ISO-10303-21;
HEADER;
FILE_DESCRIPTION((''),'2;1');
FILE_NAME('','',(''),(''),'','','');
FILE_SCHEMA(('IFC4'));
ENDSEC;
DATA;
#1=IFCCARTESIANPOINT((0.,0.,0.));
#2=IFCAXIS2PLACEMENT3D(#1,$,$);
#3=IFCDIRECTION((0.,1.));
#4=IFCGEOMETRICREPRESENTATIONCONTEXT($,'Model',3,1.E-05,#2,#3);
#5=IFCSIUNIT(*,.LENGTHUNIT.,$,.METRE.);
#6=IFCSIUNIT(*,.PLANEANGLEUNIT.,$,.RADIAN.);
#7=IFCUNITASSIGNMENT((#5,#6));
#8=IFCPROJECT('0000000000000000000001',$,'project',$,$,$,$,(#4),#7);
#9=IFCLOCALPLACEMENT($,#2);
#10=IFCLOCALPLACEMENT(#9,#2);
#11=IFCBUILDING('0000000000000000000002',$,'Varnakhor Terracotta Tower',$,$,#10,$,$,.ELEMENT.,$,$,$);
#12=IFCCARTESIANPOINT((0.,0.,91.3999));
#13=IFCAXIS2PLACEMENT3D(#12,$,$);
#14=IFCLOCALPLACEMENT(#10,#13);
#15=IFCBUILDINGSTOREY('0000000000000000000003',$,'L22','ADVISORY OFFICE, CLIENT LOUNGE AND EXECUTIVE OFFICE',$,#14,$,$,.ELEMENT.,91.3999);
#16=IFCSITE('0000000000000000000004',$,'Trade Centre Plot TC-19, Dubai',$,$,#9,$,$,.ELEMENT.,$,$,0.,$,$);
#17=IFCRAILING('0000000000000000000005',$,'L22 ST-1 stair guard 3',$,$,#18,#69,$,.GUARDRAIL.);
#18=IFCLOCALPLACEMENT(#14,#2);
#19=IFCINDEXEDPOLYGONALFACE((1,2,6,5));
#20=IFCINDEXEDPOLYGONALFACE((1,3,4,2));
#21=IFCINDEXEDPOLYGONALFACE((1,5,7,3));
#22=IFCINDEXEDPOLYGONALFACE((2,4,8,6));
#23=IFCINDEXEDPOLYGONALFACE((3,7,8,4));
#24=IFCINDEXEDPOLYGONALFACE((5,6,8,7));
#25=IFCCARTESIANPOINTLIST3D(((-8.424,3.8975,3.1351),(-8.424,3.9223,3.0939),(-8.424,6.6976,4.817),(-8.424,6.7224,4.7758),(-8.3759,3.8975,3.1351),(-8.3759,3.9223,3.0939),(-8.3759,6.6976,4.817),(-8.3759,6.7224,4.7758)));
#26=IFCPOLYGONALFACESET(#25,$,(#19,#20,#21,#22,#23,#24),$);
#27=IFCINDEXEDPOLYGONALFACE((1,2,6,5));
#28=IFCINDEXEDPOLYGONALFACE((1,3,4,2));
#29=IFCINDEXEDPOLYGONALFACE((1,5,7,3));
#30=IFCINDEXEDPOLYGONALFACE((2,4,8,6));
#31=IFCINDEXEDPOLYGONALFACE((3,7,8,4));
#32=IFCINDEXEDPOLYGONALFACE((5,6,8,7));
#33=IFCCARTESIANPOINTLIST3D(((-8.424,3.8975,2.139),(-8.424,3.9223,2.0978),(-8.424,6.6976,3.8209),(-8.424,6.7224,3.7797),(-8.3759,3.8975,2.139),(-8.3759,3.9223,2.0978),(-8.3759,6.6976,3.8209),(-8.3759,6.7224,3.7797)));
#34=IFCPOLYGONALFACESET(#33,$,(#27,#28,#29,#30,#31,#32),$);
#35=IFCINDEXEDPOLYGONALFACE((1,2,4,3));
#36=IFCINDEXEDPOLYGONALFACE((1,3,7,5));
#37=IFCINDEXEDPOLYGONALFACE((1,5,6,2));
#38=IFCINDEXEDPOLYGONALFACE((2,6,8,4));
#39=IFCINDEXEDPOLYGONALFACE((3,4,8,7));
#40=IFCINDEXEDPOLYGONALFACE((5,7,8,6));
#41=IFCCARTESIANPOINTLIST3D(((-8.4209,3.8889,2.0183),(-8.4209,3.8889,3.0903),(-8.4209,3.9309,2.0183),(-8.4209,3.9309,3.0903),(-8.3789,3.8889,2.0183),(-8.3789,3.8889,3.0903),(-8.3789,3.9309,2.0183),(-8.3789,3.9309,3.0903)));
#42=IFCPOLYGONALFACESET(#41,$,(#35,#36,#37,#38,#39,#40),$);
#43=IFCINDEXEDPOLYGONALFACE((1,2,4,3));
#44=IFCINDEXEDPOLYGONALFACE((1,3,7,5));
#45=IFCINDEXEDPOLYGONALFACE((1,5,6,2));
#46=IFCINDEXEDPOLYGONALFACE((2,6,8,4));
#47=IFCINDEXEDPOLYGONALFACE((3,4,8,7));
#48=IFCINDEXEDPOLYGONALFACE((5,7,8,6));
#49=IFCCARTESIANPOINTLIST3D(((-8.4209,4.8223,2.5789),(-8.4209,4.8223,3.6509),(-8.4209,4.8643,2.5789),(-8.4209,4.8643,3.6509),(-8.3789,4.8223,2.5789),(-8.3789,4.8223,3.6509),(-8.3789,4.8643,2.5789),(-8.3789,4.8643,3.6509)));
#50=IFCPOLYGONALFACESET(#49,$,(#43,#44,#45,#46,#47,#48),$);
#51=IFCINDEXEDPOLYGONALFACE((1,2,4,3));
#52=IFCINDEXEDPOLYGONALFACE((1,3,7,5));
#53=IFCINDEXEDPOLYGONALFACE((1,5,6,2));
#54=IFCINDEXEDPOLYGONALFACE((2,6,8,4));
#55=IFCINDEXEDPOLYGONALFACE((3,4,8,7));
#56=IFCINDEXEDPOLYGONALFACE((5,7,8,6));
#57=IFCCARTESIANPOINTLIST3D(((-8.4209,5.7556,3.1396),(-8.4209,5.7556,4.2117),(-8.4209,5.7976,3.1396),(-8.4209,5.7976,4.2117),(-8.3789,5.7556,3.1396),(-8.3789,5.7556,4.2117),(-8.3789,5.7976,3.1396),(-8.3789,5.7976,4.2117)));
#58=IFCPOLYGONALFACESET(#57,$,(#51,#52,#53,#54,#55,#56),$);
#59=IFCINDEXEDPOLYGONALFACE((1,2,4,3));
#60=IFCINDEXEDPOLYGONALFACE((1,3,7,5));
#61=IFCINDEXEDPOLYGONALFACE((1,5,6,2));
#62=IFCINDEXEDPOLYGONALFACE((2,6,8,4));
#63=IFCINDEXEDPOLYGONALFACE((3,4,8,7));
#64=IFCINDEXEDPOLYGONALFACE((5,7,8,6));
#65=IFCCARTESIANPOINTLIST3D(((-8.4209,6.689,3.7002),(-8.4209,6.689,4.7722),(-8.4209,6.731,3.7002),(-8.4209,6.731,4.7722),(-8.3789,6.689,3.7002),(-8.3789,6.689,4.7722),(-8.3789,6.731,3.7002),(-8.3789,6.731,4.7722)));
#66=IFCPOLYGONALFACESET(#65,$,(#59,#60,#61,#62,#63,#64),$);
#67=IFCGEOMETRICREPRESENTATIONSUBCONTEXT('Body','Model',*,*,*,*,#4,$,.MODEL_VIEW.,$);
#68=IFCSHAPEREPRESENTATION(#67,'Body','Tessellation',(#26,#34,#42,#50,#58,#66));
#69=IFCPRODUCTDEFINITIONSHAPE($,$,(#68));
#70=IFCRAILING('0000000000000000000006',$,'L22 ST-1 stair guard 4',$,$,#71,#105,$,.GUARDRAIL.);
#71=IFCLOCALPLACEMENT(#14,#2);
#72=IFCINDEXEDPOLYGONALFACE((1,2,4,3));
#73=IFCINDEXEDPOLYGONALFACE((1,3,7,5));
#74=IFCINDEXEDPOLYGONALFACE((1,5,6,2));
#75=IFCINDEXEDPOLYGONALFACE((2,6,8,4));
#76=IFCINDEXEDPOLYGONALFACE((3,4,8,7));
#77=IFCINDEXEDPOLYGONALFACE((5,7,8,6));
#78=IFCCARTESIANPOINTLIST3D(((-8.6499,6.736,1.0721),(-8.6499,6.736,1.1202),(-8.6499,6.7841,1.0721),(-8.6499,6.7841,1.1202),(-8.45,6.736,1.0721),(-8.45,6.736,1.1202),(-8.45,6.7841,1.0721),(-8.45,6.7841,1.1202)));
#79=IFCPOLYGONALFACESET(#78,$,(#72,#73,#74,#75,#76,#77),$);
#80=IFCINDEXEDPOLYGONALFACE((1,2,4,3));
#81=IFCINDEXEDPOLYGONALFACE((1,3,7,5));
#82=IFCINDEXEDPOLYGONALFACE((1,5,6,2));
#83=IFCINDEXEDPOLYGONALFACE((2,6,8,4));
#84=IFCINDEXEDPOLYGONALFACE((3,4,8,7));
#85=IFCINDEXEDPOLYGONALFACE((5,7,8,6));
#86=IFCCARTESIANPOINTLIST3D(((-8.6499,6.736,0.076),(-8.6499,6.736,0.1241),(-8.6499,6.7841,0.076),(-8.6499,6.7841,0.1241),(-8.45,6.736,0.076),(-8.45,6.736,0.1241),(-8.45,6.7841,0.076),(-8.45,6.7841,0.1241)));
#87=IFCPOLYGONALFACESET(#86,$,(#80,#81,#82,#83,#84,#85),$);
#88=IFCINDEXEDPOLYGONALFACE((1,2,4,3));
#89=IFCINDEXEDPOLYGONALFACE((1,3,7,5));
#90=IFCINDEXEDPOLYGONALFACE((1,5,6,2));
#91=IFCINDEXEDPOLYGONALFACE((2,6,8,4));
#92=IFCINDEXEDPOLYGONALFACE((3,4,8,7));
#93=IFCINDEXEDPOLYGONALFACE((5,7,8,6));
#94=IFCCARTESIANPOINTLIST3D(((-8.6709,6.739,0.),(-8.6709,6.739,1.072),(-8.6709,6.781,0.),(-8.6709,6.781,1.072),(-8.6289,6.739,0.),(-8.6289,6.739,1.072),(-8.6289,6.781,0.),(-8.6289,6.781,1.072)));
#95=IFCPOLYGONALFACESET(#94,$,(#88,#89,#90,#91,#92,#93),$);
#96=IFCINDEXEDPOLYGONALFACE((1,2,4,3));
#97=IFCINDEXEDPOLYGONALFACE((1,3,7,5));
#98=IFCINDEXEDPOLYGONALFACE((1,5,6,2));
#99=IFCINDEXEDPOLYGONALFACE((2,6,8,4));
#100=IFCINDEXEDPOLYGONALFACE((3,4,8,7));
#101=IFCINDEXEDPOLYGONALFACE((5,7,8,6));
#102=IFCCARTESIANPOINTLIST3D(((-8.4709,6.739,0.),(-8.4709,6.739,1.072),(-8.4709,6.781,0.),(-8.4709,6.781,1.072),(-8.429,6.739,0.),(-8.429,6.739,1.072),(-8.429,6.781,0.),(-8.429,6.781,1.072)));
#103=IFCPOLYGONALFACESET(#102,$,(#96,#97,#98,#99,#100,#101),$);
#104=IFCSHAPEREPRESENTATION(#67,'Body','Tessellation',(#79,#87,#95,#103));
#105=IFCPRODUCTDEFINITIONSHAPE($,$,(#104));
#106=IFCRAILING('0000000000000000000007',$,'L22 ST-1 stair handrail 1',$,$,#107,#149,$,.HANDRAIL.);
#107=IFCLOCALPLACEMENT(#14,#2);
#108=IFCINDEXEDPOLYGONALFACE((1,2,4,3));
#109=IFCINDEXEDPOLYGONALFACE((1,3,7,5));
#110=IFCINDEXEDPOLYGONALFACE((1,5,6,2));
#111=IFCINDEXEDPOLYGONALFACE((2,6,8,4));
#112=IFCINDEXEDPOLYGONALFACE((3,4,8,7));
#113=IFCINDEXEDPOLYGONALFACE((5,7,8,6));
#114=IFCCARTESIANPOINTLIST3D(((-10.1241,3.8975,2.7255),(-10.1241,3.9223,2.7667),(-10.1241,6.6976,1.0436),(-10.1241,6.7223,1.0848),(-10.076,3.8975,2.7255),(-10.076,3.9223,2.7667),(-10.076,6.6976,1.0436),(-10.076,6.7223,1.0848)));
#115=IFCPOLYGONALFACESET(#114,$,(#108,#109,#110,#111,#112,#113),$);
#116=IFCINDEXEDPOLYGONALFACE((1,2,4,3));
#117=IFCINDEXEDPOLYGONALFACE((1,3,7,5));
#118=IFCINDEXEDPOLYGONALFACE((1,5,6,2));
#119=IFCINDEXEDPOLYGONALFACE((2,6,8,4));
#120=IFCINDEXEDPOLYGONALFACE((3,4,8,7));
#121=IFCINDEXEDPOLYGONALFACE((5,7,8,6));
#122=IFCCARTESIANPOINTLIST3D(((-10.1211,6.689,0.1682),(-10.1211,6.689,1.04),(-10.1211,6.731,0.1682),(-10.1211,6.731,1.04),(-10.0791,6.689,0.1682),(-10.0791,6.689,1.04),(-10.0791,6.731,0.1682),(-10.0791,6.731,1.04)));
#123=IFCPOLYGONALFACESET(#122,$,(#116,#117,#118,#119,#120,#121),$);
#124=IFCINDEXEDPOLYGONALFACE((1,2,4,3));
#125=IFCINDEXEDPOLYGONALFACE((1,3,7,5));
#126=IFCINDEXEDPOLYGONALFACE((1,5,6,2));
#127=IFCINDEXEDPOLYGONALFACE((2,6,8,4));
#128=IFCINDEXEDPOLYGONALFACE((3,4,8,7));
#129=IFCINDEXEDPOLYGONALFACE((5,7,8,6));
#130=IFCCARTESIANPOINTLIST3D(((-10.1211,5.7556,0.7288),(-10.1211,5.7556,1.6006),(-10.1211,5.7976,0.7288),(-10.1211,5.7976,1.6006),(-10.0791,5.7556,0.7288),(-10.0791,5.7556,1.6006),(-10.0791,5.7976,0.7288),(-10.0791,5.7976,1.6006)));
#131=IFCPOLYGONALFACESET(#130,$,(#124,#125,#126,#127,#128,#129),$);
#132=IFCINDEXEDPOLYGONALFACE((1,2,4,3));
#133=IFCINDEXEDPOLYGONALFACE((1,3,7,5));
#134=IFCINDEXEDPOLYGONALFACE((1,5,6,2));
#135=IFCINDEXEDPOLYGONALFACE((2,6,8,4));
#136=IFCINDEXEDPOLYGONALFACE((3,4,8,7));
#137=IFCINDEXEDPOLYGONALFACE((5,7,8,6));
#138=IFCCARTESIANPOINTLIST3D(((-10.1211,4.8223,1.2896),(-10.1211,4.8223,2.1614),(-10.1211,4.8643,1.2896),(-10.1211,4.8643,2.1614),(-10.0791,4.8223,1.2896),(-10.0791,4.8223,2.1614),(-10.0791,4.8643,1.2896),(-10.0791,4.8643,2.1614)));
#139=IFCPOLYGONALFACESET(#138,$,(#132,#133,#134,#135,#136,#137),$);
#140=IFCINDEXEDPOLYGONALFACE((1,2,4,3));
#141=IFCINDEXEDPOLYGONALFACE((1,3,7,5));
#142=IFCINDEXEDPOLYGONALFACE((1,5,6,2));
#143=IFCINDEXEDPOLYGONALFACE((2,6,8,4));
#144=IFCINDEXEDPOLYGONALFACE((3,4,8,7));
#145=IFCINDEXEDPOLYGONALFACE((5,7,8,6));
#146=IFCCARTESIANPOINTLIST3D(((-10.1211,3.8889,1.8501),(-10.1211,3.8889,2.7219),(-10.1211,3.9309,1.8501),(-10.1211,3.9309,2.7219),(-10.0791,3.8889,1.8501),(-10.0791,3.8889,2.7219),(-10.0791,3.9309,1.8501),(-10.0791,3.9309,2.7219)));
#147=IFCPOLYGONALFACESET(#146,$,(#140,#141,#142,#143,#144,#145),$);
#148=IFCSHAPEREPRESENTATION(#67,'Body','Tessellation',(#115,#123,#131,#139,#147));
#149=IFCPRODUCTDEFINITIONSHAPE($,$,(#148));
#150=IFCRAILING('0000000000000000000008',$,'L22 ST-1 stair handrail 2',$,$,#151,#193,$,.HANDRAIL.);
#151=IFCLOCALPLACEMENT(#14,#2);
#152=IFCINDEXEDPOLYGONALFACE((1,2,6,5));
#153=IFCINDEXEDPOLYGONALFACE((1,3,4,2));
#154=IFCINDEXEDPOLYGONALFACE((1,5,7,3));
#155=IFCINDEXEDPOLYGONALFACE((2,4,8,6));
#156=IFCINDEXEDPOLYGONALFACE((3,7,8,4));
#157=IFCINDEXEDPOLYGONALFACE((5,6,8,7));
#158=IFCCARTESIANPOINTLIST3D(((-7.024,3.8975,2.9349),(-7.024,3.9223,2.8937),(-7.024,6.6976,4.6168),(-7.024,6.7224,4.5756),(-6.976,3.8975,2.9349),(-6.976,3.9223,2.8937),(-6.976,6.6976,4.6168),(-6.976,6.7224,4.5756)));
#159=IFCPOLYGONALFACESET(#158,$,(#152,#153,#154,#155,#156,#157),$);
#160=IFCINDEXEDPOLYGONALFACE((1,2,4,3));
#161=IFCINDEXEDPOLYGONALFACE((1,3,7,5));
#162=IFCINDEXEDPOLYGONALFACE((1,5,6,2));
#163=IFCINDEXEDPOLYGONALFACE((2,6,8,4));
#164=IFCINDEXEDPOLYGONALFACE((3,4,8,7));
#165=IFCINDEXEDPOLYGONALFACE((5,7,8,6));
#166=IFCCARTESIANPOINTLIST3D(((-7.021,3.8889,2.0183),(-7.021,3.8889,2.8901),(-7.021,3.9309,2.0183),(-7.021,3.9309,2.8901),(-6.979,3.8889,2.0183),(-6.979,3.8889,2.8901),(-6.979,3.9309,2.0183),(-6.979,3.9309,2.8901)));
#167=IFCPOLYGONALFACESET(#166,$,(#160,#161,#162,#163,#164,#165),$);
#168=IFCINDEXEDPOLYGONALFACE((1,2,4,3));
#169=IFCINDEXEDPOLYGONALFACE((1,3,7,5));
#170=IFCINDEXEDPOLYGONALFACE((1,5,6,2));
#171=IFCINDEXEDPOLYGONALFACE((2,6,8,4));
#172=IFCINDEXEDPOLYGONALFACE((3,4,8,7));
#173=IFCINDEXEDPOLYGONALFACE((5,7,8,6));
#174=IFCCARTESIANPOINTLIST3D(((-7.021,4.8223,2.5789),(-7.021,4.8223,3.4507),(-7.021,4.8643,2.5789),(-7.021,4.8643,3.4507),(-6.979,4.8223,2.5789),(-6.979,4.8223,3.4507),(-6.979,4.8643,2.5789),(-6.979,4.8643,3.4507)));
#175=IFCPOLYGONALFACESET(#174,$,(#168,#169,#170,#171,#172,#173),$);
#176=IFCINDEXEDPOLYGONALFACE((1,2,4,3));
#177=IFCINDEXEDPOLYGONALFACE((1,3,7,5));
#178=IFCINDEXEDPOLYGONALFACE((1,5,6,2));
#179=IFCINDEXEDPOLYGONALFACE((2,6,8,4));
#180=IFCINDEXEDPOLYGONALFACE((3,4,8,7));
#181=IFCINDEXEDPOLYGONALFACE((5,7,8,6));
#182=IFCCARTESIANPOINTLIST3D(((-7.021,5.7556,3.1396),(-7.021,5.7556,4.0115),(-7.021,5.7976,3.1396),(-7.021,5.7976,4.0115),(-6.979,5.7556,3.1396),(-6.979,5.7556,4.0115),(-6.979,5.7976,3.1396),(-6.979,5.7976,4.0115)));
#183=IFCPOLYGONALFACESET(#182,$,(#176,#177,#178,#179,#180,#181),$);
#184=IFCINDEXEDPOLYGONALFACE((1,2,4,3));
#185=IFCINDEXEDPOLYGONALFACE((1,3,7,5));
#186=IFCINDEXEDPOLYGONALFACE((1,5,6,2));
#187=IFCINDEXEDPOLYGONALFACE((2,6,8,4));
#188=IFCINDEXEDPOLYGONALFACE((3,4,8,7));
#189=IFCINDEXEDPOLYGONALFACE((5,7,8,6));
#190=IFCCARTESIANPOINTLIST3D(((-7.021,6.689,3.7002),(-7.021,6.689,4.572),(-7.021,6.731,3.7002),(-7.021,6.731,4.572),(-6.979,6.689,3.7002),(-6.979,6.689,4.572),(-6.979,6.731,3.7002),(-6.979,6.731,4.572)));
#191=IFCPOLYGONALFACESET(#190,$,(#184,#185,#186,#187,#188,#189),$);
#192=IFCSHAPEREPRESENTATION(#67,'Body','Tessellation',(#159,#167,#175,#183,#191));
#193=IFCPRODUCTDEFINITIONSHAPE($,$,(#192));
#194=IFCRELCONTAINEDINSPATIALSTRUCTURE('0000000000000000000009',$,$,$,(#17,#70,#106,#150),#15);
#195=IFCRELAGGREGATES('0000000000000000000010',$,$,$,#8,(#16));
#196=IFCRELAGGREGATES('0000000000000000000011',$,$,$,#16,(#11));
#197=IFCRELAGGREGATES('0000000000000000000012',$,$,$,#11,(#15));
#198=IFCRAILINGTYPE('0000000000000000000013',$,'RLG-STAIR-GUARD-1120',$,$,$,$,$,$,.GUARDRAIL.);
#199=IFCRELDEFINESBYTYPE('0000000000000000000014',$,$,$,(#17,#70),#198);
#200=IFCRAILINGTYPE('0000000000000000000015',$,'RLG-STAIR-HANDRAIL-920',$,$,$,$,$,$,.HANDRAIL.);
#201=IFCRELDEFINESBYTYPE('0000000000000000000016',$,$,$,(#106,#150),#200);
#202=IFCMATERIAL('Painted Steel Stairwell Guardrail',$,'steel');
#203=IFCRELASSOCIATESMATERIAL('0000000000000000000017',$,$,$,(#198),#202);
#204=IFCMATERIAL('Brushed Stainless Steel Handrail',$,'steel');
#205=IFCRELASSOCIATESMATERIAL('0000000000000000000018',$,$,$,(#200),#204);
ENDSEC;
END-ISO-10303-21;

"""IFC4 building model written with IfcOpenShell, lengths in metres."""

from ifc_helpers import new_model, si_unit, direction, frame, origin, origin_2d, place, context, subcontext, project, spatial, rectangle, extrude, material, type_object, element, save


model = new_model("IFC4")

# Units and contexts
model_context = context("Model", 3, precision=1e-05, world=origin(), true_north=direction((0.0, 1.0)))
body_context = subcontext(model_context, "Body", "Model", "MODEL_VIEW")
ifc_project = project(units=[si_unit("LENGTHUNIT", "METRE"), si_unit("PLANEANGLEUNIT", "RADIAN")], contexts=[model_context])

# Site, building, storey
site_placement = place(None, origin())
site = spatial("IfcSite", under=ifc_project, at=site_placement, Name="Trade Centre Plot TC-19, Dubai", CompositionType="ELEMENT", RefElevation=0.0)
building_placement = place(site_placement, origin())
building = spatial("IfcBuilding", under=site, at=building_placement, Name="Varnakhor Terracotta Tower", CompositionType="ELEMENT")
storey_placement = place(building_placement, frame((0.0, 0.0, 91.3999)))
storey = spatial("IfcBuildingStorey", under=building, at=storey_placement, Name="L22", Description="ADVISORY OFFICE, CLIENT LOUNGE AND EXECUTIVE OFFICE", CompositionType="ELEMENT", Elevation=91.3999)

# Railings
ifc_material_1 = material(Name="Painted Steel Stairwell Guardrail", Category="steel")
railing_type_1 = type_object("IfcRailingType", Name="RLG-STAIR-GUARD-1120", PredefinedType="GUARDRAIL", material=ifc_material_1)
railing_1_placement = place(storey_placement, frame((-8.3999, 3.9099, 2.0183)))
element("IfcRailing", 1, at=railing_1_placement, inside=storey, type_object=railing_type_1, Name="L22 ST-1 stair guard 3", PredefinedType="GUARDRAIL", context=body_context, shape_type="SweptSolid", body=[
    extrude(rectangle(XDim=0.0481, YDim=0.0481, at=origin_2d()), frame((0.0, 0.0, 1.0962), z_axis=(0.0, 0.857242, 0.514913), x_axis=(-1.0, 0.0, 0.0)), (0.0, 0.0, 1.0), 3.2664),
    extrude(rectangle(XDim=0.0481, YDim=0.0481, at=origin_2d()), frame((0.0, 0.0, 0.1001), z_axis=(0.0, 0.857242, 0.514913), x_axis=(-1.0, 0.0, 0.0)), (0.0, 0.0, 1.0), 3.2664),
    extrude(rectangle(XDim=0.042, YDim=0.042, at=origin_2d()), origin(), (0.0, 0.0, 1.0), 1.072),
    extrude(rectangle(XDim=0.042, YDim=0.042, at=origin_2d()), frame((0.0, 0.9333, 0.5605)), (0.0, 0.0, 1.0), 1.072),
    extrude(rectangle(XDim=0.042, YDim=0.042, at=origin_2d()), frame((0.0, 1.8667, 1.1213)), (0.0, 0.0, 1.0), 1.072),
    extrude(rectangle(XDim=0.042, YDim=0.042, at=origin_2d()), frame((0.0, 2.8, 1.6819)), (0.0, 0.0, 1.0), 1.072),
])
railing_2_placement = place(storey_placement, frame((-8.6499, 6.76, 0.0)))
element("IfcRailing", 2, at=railing_2_placement, inside=storey, type_object=railing_type_1, Name="L22 ST-1 stair guard 4", PredefinedType="GUARDRAIL", context=body_context, shape_type="SweptSolid", body=[
    extrude(rectangle(XDim=0.0481, YDim=0.0481, at=origin_2d()), frame((0.0, 0.0, 1.0962), z_axis=(1.0, 0.0, 0.0), x_axis=(0.0, 1.0, 0.0)), (0.0, 0.0, 1.0), 0.2),
    extrude(rectangle(XDim=0.0481, YDim=0.0481, at=origin_2d()), frame((0.0, 0.0, 0.1001), z_axis=(1.0, 0.0, 0.0), x_axis=(0.0, 1.0, 0.0)), (0.0, 0.0, 1.0), 0.2),
    extrude(rectangle(XDim=0.042, YDim=0.042, at=origin_2d()), origin(), (0.0, 0.0, 1.0), 1.072),
    extrude(rectangle(XDim=0.042, YDim=0.042, at=origin_2d()), frame((0.2, 0.0, 0.0)), (0.0, 0.0, 1.0), 1.072),
])
ifc_material_2 = material(Name="Brushed Stainless Steel Handrail", Category="steel")
railing_type_2 = type_object("IfcRailingType", Name="RLG-STAIR-HANDRAIL-920", PredefinedType="HANDRAIL", material=ifc_material_2)
railing_3_placement = place(storey_placement, frame((-10.1001, 6.71, 0.1682)))
element("IfcRailing", 3, at=railing_3_placement, inside=storey, type_object=railing_type_2, Name="L22 ST-1 stair handrail 1", PredefinedType="HANDRAIL", context=body_context, shape_type="SweptSolid", body=[
    extrude(rectangle(XDim=0.0481, YDim=0.0481, at=origin_2d()), frame((0.0, 0.0, 0.896), z_axis=(0.0, -0.857242, 0.514913), x_axis=(1.0, 0.0, 0.0)), (0.0, 0.0, 1.0), 3.2664),
    extrude(rectangle(XDim=0.042, YDim=0.042, at=origin_2d()), origin(), (0.0, 0.0, 1.0), 0.8718),
    extrude(rectangle(XDim=0.042, YDim=0.042, at=origin_2d()), frame((0.0, -0.9333, 0.5605)), (0.0, 0.0, 1.0), 0.8718),
    extrude(rectangle(XDim=0.042, YDim=0.042, at=origin_2d()), frame((0.0, -1.8667, 1.1213)), (0.0, 0.0, 1.0), 0.8718),
    extrude(rectangle(XDim=0.042, YDim=0.042, at=origin_2d()), frame((0.0, -2.8, 1.6819)), (0.0, 0.0, 1.0), 0.8718),
])
railing_4_placement = place(storey_placement, frame((-7.0, 3.9099, 2.0183)))
element("IfcRailing", 4, at=railing_4_placement, inside=storey, type_object=railing_type_2, Name="L22 ST-1 stair handrail 2", PredefinedType="HANDRAIL", context=body_context, shape_type="SweptSolid", body=[
    extrude(rectangle(XDim=0.0481, YDim=0.0481, at=origin_2d()), frame((0.0, 0.0, 0.896), z_axis=(0.0, 0.857242, 0.514913), x_axis=(-1.0, 0.0, 0.0)), (0.0, 0.0, 1.0), 3.2664),
    extrude(rectangle(XDim=0.042, YDim=0.042, at=origin_2d()), origin(), (0.0, 0.0, 1.0), 0.8718),
    extrude(rectangle(XDim=0.042, YDim=0.042, at=origin_2d()), frame((0.0, 0.9333, 0.5605)), (0.0, 0.0, 1.0), 0.8718),
    extrude(rectangle(XDim=0.042, YDim=0.042, at=origin_2d()), frame((0.0, 1.8667, 1.1213)), (0.0, 0.0, 1.0), 0.8718),
    extrude(rectangle(XDim=0.042, YDim=0.042, at=origin_2d()), frame((0.0, 2.8, 1.6819)), (0.0, 0.0, 1.0), 0.8718),
])

save(model, "model.ifc")
